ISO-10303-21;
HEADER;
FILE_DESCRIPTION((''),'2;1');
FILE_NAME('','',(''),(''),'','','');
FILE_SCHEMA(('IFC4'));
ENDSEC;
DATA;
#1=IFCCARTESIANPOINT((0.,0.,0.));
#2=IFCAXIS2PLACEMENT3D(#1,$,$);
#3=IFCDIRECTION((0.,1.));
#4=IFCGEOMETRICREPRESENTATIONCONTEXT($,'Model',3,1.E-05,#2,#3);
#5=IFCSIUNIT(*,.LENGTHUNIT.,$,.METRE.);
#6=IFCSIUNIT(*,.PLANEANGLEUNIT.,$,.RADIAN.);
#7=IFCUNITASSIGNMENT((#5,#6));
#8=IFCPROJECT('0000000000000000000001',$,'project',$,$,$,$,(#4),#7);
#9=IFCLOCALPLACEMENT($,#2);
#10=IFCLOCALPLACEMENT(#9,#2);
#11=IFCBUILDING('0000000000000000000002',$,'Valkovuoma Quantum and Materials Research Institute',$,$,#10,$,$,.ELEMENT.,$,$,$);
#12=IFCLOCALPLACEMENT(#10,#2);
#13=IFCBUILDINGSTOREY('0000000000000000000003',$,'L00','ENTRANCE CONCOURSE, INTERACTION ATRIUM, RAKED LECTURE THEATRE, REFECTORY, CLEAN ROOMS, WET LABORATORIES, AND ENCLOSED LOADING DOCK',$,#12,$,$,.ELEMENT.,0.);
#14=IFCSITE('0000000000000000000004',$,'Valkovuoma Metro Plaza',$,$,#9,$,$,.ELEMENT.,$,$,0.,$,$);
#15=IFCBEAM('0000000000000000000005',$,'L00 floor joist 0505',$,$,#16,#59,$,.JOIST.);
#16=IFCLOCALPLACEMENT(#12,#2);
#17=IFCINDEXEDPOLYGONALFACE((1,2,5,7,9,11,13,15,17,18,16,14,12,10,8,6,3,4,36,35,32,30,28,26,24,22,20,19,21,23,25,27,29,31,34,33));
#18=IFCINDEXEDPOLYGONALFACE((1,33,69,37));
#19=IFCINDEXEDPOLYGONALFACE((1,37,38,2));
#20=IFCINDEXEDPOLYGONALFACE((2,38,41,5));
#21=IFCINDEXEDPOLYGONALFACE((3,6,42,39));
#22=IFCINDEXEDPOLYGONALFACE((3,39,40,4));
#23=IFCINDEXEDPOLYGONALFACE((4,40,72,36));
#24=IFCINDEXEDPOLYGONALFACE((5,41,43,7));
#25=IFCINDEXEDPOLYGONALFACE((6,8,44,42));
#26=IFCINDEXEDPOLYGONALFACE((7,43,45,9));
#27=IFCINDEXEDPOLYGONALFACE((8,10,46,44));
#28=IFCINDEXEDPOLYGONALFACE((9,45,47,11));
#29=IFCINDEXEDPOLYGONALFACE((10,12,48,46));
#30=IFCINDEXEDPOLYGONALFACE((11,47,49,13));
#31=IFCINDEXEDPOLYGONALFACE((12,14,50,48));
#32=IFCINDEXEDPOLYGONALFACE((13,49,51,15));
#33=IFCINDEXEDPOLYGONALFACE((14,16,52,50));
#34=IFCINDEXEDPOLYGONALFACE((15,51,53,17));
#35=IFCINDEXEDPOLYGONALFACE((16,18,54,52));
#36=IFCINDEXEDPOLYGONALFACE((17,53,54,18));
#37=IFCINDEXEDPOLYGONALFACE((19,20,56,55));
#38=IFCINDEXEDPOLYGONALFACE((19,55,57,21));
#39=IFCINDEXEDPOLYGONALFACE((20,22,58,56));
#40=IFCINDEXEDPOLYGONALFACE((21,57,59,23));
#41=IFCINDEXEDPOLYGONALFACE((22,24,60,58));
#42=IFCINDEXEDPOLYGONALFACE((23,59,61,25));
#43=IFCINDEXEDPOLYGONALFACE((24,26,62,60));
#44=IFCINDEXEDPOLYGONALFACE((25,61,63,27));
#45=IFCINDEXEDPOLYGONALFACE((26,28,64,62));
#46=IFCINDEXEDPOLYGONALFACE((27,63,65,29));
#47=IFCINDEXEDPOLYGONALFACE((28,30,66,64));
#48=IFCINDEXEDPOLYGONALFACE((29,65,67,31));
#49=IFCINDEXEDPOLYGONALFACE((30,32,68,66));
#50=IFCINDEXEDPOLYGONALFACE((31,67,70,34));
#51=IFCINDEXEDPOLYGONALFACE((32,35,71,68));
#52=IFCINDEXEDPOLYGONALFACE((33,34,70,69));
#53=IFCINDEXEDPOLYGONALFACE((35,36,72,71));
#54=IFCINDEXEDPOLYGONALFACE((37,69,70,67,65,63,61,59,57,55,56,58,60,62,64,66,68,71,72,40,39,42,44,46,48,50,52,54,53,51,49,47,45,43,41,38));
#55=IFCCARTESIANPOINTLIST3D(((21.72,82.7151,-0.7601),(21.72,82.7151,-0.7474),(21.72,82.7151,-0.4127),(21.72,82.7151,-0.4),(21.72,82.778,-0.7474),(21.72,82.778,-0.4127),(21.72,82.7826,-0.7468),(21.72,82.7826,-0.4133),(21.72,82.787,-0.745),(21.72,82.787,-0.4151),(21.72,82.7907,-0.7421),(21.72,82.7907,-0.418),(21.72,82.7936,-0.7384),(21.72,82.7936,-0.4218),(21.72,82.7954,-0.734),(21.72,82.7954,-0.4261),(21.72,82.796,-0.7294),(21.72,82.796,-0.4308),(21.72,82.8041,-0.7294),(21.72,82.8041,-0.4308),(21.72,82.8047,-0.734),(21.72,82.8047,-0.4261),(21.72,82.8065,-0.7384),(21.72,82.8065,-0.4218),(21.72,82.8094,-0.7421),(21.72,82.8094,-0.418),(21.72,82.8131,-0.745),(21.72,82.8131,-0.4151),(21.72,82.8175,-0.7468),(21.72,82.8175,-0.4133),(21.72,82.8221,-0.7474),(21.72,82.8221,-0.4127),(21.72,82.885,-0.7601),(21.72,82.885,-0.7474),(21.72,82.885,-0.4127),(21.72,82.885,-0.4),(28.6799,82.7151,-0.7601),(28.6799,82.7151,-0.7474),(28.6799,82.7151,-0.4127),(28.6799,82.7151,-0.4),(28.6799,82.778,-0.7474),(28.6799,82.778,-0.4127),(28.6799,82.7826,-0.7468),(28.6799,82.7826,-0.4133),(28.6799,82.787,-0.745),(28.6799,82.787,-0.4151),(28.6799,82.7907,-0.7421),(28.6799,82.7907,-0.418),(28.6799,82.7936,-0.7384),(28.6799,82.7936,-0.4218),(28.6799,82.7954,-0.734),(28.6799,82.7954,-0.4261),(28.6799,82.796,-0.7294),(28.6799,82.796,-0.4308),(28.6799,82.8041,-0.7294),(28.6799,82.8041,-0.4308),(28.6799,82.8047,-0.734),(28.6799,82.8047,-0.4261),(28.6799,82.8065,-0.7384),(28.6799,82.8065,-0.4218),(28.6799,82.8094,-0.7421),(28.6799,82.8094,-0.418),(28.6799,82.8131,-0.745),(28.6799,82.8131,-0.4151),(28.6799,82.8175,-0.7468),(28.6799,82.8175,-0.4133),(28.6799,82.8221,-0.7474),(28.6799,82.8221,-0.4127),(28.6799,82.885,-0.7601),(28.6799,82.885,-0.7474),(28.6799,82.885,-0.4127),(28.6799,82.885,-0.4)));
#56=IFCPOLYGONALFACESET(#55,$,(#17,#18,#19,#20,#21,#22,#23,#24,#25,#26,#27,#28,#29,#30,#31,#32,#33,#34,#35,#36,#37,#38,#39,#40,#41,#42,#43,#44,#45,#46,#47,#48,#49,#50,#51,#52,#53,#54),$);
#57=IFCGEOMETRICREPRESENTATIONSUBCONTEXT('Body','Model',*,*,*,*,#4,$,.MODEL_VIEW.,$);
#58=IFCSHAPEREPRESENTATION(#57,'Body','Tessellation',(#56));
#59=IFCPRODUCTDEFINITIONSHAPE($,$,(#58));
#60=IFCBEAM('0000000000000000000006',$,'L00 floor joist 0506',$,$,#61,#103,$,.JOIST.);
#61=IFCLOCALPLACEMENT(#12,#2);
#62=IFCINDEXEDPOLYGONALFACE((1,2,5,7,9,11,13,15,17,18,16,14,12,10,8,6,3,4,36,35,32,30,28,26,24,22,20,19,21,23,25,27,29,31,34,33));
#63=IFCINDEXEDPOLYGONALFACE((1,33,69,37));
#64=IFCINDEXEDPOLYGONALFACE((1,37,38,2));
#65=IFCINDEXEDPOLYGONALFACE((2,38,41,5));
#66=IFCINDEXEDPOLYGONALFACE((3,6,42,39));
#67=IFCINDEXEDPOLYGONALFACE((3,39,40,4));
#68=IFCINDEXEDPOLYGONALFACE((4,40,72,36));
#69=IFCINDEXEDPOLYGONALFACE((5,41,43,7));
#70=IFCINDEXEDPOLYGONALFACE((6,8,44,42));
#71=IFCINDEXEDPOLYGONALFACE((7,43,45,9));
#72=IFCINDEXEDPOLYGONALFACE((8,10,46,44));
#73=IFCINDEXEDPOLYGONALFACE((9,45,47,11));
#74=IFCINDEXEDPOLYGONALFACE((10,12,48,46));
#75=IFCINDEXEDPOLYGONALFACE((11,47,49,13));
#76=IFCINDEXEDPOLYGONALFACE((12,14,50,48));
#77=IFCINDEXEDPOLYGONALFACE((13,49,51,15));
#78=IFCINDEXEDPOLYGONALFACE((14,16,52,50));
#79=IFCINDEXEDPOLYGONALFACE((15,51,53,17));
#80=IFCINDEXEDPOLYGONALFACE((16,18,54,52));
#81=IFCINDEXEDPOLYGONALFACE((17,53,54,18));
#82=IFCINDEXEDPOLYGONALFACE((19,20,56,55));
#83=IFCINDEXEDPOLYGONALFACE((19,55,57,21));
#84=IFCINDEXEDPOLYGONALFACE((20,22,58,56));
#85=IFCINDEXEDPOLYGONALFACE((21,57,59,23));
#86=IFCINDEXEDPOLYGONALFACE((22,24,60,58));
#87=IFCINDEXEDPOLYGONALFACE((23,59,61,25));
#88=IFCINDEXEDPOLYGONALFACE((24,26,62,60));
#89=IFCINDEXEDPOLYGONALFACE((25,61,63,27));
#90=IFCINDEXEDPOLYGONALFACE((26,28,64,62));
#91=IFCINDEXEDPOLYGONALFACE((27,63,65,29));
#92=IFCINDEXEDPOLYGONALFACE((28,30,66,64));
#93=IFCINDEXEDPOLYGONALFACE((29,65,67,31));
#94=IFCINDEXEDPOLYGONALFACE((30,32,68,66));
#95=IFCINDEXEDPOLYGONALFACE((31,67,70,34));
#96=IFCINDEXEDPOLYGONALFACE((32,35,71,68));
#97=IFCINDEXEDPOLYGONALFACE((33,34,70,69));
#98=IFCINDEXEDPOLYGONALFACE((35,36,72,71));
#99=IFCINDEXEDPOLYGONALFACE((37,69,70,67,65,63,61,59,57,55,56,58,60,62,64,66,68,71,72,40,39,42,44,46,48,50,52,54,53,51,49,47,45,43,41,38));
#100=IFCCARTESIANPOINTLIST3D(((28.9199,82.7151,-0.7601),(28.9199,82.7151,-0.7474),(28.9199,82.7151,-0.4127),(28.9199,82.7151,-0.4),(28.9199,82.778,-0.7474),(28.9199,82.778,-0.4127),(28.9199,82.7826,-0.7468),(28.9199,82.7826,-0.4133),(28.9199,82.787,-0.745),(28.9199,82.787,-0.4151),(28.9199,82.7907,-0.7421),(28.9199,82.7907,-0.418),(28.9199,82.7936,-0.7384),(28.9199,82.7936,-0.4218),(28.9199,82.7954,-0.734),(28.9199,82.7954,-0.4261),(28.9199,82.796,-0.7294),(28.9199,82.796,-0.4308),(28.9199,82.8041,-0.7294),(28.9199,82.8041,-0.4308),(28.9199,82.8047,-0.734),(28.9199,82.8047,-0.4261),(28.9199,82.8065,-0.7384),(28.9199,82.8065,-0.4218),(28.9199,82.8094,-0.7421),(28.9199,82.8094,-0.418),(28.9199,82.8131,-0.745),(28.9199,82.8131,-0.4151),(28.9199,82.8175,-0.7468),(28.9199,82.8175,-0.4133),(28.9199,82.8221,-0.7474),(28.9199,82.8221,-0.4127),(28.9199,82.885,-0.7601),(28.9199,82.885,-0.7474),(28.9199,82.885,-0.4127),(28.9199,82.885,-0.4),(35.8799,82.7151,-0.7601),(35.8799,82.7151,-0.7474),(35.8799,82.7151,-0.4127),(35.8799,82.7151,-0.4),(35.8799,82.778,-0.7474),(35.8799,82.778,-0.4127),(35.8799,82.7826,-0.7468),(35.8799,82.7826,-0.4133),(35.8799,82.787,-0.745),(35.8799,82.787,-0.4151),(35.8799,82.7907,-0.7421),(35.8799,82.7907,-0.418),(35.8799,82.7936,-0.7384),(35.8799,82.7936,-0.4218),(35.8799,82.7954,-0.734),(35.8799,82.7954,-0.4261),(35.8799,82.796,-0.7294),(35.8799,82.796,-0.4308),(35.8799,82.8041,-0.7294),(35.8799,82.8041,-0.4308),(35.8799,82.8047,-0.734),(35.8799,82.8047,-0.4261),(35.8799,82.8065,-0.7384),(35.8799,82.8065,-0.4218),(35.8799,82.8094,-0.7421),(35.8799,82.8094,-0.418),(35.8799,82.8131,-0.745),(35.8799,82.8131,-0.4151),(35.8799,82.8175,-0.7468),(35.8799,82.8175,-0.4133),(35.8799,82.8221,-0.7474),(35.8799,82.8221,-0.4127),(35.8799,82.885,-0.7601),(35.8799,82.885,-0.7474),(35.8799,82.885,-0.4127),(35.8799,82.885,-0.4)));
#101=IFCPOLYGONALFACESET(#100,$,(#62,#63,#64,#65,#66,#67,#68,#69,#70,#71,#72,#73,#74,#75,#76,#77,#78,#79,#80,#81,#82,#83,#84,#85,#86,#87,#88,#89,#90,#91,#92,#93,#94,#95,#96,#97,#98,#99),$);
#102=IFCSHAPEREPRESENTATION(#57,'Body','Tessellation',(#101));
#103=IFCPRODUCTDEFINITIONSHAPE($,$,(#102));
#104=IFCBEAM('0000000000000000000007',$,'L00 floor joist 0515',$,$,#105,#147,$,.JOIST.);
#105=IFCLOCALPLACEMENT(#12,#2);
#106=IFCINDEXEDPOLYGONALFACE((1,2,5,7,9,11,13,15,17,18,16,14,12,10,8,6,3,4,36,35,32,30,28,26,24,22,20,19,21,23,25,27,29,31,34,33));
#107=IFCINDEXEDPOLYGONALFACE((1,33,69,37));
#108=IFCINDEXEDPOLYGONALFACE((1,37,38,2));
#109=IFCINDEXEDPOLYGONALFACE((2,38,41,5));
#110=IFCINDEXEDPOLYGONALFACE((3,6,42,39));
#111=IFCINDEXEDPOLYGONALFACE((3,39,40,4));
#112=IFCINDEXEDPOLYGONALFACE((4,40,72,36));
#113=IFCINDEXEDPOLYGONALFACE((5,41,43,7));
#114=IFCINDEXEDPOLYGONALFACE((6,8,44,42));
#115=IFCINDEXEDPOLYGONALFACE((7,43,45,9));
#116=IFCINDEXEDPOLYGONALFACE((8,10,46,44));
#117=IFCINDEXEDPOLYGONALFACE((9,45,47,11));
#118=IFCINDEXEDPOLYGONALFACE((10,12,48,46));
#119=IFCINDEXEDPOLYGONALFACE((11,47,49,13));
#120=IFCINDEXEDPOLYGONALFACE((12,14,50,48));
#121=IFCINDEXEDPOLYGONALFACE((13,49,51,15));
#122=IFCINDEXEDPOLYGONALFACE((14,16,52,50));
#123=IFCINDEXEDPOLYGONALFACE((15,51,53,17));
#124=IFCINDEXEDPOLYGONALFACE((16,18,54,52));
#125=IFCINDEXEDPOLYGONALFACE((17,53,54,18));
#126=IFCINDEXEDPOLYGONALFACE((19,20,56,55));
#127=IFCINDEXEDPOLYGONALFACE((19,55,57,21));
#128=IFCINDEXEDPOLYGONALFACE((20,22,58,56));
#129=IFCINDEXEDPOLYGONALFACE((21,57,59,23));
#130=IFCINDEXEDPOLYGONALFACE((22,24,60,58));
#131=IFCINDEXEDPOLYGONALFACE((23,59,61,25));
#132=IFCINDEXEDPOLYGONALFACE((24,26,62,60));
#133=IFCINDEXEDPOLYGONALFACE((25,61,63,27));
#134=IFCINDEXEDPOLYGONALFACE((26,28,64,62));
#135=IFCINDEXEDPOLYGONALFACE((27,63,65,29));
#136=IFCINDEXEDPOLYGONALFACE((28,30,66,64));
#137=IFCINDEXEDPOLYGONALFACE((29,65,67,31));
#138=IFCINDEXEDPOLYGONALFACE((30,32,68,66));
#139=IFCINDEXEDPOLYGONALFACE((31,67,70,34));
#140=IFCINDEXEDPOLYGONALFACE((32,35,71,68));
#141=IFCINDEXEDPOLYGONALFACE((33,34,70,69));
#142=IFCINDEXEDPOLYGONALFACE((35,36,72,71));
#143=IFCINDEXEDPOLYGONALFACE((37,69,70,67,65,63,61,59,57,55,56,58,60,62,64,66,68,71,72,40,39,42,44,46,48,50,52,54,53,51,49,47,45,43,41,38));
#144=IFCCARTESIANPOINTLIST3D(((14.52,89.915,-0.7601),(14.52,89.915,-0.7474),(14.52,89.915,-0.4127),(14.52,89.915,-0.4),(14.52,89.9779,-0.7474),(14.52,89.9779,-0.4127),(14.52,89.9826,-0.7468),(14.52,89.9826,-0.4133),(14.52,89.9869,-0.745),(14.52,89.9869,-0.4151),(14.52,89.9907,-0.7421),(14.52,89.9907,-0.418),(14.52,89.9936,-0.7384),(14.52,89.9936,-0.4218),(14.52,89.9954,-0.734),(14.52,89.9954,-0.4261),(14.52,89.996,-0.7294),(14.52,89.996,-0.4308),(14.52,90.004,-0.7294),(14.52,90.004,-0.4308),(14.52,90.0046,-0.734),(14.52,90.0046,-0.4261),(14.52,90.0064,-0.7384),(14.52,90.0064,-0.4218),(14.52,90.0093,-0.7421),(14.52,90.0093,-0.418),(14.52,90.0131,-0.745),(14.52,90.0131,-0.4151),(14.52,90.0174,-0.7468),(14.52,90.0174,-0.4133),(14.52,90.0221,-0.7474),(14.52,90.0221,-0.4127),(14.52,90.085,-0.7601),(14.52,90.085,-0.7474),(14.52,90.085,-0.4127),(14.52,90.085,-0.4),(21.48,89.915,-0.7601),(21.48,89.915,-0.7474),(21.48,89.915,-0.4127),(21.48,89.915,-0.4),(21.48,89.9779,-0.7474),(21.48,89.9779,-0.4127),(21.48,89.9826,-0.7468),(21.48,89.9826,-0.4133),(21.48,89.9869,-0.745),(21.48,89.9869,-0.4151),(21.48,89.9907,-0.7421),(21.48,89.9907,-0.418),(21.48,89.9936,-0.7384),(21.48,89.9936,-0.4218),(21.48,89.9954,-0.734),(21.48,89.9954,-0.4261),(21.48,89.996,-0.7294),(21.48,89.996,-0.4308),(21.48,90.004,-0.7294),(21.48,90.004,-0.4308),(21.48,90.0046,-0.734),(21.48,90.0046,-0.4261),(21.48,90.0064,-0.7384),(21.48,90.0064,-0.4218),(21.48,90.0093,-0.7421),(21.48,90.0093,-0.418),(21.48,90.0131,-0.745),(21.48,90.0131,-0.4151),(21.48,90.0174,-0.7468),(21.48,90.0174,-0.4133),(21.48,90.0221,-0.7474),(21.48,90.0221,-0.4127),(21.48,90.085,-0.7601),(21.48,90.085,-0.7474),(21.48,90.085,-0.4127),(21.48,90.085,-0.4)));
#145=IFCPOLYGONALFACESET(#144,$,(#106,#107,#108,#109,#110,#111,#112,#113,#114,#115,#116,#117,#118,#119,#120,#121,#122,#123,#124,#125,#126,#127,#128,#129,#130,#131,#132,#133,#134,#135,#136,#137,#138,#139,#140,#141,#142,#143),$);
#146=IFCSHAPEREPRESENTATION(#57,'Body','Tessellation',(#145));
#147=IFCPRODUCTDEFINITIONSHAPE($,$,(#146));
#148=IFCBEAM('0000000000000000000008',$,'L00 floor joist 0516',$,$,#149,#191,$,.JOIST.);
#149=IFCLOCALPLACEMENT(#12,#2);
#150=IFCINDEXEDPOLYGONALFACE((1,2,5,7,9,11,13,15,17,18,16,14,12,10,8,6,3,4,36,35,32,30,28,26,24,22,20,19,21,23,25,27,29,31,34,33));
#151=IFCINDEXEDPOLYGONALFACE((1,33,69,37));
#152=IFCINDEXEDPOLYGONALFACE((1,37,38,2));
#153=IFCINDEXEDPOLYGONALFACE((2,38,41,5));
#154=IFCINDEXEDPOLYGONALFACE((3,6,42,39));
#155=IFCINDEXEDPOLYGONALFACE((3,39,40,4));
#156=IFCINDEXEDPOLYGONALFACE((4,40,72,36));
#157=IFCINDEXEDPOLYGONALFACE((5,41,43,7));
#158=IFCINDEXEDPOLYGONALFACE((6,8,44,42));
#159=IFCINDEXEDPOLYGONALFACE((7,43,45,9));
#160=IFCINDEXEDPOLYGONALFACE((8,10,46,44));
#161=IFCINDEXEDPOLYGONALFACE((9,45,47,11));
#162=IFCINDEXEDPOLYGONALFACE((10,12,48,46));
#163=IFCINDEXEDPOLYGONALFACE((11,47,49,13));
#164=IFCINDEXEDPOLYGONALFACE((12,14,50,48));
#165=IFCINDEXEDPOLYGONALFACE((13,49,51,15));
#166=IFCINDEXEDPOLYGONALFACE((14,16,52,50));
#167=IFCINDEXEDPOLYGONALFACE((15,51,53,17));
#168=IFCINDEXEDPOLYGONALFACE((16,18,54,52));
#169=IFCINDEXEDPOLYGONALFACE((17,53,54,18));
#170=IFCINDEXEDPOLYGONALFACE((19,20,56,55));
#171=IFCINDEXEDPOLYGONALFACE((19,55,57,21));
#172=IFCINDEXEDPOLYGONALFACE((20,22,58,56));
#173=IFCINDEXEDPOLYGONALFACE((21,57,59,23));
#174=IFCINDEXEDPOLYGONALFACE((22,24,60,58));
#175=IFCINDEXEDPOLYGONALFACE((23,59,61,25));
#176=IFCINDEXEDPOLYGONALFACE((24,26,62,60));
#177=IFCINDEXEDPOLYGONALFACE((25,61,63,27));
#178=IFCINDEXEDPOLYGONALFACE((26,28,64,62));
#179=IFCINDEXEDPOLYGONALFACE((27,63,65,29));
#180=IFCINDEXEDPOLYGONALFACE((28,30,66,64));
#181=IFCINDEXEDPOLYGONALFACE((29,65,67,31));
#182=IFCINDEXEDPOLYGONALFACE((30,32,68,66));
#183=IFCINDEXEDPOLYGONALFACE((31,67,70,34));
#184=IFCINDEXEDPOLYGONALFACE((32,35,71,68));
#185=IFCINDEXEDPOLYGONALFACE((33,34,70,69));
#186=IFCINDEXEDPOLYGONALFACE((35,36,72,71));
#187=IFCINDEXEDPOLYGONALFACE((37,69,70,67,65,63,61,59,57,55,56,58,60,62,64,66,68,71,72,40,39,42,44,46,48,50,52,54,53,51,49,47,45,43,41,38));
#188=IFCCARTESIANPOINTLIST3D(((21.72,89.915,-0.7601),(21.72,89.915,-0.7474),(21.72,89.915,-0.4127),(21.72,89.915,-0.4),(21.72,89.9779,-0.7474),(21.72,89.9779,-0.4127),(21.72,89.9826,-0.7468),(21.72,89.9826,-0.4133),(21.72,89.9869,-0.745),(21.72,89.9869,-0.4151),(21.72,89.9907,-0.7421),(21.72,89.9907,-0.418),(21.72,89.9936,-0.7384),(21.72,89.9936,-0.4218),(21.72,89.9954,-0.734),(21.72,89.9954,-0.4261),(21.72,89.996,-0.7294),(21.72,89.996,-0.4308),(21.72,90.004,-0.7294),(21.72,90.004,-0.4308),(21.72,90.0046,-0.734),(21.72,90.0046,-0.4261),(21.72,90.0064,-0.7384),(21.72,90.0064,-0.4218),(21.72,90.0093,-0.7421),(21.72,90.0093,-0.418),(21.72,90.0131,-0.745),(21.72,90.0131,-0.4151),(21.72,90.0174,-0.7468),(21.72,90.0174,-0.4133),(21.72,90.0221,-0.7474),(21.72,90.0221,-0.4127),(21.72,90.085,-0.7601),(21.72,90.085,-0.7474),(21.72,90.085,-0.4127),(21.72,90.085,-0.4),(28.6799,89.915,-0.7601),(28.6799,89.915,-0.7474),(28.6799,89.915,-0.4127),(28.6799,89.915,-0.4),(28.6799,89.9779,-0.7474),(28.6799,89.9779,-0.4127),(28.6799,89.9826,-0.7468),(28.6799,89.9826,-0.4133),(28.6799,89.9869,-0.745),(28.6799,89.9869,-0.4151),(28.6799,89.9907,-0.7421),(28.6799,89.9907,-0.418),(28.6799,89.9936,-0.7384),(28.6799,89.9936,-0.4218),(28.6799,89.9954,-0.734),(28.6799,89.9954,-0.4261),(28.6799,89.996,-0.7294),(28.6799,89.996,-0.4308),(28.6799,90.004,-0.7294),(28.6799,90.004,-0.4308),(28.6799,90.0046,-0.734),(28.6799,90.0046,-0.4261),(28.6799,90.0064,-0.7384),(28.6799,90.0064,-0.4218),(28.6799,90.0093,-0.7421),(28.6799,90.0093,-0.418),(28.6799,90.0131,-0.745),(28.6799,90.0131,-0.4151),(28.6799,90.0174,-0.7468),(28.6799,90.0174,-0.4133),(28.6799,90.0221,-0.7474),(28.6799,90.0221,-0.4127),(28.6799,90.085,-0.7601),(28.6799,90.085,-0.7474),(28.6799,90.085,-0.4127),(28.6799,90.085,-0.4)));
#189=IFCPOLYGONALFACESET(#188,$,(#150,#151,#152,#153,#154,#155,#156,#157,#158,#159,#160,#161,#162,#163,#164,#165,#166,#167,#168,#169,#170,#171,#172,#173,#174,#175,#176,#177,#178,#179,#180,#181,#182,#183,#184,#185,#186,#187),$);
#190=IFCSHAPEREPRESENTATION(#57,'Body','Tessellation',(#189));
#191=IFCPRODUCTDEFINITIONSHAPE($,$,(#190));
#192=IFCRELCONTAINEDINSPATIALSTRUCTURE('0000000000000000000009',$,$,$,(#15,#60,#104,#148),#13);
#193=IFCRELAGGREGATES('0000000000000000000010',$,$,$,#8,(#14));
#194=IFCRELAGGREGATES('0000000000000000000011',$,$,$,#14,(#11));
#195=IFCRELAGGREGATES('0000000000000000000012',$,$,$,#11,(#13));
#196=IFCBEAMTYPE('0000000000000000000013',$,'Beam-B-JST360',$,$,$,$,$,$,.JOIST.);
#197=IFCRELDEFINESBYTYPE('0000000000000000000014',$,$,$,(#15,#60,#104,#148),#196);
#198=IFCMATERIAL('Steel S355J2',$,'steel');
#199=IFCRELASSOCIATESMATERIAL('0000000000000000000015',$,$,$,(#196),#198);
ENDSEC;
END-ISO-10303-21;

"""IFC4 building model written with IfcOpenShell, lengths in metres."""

from ifc_helpers import new_model, si_unit, direction, frame, origin, origin_2d, place, context, subcontext, project, spatial, i_section, extrude, material, material_profile, profile_set, type_object, element, save


model = new_model("IFC4")

# Units and contexts
model_context = context("Model", 3, precision=1e-05, world=origin(), true_north=direction((0.0, 1.0)))
body_context = subcontext(model_context, "Body", "Model", "MODEL_VIEW")
ifc_project = project(units=[si_unit("LENGTHUNIT", "METRE"), si_unit("PLANEANGLEUNIT", "RADIAN")], contexts=[model_context])

# Site, building, storey
site_placement = place(None, origin())
site = spatial("IfcSite", under=ifc_project, at=site_placement, Name="Valkovuoma Metro Plaza", CompositionType="ELEMENT", RefElevation=0.0)
building_placement = place(site_placement, origin())
building = spatial("IfcBuilding", under=site, at=building_placement, Name="Valkovuoma Quantum and Materials Research Institute", CompositionType="ELEMENT")
storey_placement = place(building_placement, origin())
storey = spatial("IfcBuildingStorey", under=building, at=storey_placement, Name="L00", Description="ENTRANCE CONCOURSE, INTERACTION ATRIUM, RAKED LECTURE THEATRE, REFECTORY, CLEAN ROOMS, WET LABORATORIES, AND ENCLOSED LOADING DOCK", CompositionType="ELEMENT", Elevation=0.0)

# Beams
ifc_material_1 = material(Name="Steel S355J2", Category="steel")
ifc_material_profile_1 = material_profile(ifc_material_1, i_section(OverallWidth=0.1699, OverallDepth=0.3601, WebThickness=0.0081, FlangeThickness=0.0127, FilletRadius=0.0181, at=origin_2d()), Name="Steel S355J2")
ifc_profile_set_1 = profile_set([ifc_material_profile_1], Name="Steel S355J2")
beam_type_1 = type_object("IfcBeamType", Name="Beam-B-JST360", PredefinedType="JOIST", material=ifc_profile_set_1)
for number, where, z_axis, x_axis, name in (
    (1, (21.72, 82.8, -0.5801), (1.0, 0.0, 0.0), (0.0, 1.0, 0.0), "L00 floor joist 0505"),
    (2, (28.9199, 82.8, -0.5801), (1.0, 0.0, 0.0), (0.0, 1.0, 0.0), "L00 floor joist 0506"),
    (3, (14.52, 90.0, -0.5801), (1.0, 0.0, 0.0), (0.0, 1.0, 0.0), "L00 floor joist 0515"),
    (4, (21.72, 90.0, -0.5801), (1.0, 0.0, 0.0), (0.0, 1.0, 0.0), "L00 floor joist 0516"),
):
    element("IfcBeam", number, at=place(storey_placement, frame(where, z_axis=z_axis, x_axis=x_axis)), inside=storey, type_object=beam_type_1, Name=name, PredefinedType="JOIST", context=body_context, shape_type="SweptSolid", body=[
        extrude(i_section(OverallWidth=0.1699, OverallDepth=0.3601, WebThickness=0.0081, FlangeThickness=0.0127, FilletRadius=0.0181, at=origin_2d()), origin(), (0.0, 0.0, 1.0), 6.96),
    ])

save(model, "model.ifc")
